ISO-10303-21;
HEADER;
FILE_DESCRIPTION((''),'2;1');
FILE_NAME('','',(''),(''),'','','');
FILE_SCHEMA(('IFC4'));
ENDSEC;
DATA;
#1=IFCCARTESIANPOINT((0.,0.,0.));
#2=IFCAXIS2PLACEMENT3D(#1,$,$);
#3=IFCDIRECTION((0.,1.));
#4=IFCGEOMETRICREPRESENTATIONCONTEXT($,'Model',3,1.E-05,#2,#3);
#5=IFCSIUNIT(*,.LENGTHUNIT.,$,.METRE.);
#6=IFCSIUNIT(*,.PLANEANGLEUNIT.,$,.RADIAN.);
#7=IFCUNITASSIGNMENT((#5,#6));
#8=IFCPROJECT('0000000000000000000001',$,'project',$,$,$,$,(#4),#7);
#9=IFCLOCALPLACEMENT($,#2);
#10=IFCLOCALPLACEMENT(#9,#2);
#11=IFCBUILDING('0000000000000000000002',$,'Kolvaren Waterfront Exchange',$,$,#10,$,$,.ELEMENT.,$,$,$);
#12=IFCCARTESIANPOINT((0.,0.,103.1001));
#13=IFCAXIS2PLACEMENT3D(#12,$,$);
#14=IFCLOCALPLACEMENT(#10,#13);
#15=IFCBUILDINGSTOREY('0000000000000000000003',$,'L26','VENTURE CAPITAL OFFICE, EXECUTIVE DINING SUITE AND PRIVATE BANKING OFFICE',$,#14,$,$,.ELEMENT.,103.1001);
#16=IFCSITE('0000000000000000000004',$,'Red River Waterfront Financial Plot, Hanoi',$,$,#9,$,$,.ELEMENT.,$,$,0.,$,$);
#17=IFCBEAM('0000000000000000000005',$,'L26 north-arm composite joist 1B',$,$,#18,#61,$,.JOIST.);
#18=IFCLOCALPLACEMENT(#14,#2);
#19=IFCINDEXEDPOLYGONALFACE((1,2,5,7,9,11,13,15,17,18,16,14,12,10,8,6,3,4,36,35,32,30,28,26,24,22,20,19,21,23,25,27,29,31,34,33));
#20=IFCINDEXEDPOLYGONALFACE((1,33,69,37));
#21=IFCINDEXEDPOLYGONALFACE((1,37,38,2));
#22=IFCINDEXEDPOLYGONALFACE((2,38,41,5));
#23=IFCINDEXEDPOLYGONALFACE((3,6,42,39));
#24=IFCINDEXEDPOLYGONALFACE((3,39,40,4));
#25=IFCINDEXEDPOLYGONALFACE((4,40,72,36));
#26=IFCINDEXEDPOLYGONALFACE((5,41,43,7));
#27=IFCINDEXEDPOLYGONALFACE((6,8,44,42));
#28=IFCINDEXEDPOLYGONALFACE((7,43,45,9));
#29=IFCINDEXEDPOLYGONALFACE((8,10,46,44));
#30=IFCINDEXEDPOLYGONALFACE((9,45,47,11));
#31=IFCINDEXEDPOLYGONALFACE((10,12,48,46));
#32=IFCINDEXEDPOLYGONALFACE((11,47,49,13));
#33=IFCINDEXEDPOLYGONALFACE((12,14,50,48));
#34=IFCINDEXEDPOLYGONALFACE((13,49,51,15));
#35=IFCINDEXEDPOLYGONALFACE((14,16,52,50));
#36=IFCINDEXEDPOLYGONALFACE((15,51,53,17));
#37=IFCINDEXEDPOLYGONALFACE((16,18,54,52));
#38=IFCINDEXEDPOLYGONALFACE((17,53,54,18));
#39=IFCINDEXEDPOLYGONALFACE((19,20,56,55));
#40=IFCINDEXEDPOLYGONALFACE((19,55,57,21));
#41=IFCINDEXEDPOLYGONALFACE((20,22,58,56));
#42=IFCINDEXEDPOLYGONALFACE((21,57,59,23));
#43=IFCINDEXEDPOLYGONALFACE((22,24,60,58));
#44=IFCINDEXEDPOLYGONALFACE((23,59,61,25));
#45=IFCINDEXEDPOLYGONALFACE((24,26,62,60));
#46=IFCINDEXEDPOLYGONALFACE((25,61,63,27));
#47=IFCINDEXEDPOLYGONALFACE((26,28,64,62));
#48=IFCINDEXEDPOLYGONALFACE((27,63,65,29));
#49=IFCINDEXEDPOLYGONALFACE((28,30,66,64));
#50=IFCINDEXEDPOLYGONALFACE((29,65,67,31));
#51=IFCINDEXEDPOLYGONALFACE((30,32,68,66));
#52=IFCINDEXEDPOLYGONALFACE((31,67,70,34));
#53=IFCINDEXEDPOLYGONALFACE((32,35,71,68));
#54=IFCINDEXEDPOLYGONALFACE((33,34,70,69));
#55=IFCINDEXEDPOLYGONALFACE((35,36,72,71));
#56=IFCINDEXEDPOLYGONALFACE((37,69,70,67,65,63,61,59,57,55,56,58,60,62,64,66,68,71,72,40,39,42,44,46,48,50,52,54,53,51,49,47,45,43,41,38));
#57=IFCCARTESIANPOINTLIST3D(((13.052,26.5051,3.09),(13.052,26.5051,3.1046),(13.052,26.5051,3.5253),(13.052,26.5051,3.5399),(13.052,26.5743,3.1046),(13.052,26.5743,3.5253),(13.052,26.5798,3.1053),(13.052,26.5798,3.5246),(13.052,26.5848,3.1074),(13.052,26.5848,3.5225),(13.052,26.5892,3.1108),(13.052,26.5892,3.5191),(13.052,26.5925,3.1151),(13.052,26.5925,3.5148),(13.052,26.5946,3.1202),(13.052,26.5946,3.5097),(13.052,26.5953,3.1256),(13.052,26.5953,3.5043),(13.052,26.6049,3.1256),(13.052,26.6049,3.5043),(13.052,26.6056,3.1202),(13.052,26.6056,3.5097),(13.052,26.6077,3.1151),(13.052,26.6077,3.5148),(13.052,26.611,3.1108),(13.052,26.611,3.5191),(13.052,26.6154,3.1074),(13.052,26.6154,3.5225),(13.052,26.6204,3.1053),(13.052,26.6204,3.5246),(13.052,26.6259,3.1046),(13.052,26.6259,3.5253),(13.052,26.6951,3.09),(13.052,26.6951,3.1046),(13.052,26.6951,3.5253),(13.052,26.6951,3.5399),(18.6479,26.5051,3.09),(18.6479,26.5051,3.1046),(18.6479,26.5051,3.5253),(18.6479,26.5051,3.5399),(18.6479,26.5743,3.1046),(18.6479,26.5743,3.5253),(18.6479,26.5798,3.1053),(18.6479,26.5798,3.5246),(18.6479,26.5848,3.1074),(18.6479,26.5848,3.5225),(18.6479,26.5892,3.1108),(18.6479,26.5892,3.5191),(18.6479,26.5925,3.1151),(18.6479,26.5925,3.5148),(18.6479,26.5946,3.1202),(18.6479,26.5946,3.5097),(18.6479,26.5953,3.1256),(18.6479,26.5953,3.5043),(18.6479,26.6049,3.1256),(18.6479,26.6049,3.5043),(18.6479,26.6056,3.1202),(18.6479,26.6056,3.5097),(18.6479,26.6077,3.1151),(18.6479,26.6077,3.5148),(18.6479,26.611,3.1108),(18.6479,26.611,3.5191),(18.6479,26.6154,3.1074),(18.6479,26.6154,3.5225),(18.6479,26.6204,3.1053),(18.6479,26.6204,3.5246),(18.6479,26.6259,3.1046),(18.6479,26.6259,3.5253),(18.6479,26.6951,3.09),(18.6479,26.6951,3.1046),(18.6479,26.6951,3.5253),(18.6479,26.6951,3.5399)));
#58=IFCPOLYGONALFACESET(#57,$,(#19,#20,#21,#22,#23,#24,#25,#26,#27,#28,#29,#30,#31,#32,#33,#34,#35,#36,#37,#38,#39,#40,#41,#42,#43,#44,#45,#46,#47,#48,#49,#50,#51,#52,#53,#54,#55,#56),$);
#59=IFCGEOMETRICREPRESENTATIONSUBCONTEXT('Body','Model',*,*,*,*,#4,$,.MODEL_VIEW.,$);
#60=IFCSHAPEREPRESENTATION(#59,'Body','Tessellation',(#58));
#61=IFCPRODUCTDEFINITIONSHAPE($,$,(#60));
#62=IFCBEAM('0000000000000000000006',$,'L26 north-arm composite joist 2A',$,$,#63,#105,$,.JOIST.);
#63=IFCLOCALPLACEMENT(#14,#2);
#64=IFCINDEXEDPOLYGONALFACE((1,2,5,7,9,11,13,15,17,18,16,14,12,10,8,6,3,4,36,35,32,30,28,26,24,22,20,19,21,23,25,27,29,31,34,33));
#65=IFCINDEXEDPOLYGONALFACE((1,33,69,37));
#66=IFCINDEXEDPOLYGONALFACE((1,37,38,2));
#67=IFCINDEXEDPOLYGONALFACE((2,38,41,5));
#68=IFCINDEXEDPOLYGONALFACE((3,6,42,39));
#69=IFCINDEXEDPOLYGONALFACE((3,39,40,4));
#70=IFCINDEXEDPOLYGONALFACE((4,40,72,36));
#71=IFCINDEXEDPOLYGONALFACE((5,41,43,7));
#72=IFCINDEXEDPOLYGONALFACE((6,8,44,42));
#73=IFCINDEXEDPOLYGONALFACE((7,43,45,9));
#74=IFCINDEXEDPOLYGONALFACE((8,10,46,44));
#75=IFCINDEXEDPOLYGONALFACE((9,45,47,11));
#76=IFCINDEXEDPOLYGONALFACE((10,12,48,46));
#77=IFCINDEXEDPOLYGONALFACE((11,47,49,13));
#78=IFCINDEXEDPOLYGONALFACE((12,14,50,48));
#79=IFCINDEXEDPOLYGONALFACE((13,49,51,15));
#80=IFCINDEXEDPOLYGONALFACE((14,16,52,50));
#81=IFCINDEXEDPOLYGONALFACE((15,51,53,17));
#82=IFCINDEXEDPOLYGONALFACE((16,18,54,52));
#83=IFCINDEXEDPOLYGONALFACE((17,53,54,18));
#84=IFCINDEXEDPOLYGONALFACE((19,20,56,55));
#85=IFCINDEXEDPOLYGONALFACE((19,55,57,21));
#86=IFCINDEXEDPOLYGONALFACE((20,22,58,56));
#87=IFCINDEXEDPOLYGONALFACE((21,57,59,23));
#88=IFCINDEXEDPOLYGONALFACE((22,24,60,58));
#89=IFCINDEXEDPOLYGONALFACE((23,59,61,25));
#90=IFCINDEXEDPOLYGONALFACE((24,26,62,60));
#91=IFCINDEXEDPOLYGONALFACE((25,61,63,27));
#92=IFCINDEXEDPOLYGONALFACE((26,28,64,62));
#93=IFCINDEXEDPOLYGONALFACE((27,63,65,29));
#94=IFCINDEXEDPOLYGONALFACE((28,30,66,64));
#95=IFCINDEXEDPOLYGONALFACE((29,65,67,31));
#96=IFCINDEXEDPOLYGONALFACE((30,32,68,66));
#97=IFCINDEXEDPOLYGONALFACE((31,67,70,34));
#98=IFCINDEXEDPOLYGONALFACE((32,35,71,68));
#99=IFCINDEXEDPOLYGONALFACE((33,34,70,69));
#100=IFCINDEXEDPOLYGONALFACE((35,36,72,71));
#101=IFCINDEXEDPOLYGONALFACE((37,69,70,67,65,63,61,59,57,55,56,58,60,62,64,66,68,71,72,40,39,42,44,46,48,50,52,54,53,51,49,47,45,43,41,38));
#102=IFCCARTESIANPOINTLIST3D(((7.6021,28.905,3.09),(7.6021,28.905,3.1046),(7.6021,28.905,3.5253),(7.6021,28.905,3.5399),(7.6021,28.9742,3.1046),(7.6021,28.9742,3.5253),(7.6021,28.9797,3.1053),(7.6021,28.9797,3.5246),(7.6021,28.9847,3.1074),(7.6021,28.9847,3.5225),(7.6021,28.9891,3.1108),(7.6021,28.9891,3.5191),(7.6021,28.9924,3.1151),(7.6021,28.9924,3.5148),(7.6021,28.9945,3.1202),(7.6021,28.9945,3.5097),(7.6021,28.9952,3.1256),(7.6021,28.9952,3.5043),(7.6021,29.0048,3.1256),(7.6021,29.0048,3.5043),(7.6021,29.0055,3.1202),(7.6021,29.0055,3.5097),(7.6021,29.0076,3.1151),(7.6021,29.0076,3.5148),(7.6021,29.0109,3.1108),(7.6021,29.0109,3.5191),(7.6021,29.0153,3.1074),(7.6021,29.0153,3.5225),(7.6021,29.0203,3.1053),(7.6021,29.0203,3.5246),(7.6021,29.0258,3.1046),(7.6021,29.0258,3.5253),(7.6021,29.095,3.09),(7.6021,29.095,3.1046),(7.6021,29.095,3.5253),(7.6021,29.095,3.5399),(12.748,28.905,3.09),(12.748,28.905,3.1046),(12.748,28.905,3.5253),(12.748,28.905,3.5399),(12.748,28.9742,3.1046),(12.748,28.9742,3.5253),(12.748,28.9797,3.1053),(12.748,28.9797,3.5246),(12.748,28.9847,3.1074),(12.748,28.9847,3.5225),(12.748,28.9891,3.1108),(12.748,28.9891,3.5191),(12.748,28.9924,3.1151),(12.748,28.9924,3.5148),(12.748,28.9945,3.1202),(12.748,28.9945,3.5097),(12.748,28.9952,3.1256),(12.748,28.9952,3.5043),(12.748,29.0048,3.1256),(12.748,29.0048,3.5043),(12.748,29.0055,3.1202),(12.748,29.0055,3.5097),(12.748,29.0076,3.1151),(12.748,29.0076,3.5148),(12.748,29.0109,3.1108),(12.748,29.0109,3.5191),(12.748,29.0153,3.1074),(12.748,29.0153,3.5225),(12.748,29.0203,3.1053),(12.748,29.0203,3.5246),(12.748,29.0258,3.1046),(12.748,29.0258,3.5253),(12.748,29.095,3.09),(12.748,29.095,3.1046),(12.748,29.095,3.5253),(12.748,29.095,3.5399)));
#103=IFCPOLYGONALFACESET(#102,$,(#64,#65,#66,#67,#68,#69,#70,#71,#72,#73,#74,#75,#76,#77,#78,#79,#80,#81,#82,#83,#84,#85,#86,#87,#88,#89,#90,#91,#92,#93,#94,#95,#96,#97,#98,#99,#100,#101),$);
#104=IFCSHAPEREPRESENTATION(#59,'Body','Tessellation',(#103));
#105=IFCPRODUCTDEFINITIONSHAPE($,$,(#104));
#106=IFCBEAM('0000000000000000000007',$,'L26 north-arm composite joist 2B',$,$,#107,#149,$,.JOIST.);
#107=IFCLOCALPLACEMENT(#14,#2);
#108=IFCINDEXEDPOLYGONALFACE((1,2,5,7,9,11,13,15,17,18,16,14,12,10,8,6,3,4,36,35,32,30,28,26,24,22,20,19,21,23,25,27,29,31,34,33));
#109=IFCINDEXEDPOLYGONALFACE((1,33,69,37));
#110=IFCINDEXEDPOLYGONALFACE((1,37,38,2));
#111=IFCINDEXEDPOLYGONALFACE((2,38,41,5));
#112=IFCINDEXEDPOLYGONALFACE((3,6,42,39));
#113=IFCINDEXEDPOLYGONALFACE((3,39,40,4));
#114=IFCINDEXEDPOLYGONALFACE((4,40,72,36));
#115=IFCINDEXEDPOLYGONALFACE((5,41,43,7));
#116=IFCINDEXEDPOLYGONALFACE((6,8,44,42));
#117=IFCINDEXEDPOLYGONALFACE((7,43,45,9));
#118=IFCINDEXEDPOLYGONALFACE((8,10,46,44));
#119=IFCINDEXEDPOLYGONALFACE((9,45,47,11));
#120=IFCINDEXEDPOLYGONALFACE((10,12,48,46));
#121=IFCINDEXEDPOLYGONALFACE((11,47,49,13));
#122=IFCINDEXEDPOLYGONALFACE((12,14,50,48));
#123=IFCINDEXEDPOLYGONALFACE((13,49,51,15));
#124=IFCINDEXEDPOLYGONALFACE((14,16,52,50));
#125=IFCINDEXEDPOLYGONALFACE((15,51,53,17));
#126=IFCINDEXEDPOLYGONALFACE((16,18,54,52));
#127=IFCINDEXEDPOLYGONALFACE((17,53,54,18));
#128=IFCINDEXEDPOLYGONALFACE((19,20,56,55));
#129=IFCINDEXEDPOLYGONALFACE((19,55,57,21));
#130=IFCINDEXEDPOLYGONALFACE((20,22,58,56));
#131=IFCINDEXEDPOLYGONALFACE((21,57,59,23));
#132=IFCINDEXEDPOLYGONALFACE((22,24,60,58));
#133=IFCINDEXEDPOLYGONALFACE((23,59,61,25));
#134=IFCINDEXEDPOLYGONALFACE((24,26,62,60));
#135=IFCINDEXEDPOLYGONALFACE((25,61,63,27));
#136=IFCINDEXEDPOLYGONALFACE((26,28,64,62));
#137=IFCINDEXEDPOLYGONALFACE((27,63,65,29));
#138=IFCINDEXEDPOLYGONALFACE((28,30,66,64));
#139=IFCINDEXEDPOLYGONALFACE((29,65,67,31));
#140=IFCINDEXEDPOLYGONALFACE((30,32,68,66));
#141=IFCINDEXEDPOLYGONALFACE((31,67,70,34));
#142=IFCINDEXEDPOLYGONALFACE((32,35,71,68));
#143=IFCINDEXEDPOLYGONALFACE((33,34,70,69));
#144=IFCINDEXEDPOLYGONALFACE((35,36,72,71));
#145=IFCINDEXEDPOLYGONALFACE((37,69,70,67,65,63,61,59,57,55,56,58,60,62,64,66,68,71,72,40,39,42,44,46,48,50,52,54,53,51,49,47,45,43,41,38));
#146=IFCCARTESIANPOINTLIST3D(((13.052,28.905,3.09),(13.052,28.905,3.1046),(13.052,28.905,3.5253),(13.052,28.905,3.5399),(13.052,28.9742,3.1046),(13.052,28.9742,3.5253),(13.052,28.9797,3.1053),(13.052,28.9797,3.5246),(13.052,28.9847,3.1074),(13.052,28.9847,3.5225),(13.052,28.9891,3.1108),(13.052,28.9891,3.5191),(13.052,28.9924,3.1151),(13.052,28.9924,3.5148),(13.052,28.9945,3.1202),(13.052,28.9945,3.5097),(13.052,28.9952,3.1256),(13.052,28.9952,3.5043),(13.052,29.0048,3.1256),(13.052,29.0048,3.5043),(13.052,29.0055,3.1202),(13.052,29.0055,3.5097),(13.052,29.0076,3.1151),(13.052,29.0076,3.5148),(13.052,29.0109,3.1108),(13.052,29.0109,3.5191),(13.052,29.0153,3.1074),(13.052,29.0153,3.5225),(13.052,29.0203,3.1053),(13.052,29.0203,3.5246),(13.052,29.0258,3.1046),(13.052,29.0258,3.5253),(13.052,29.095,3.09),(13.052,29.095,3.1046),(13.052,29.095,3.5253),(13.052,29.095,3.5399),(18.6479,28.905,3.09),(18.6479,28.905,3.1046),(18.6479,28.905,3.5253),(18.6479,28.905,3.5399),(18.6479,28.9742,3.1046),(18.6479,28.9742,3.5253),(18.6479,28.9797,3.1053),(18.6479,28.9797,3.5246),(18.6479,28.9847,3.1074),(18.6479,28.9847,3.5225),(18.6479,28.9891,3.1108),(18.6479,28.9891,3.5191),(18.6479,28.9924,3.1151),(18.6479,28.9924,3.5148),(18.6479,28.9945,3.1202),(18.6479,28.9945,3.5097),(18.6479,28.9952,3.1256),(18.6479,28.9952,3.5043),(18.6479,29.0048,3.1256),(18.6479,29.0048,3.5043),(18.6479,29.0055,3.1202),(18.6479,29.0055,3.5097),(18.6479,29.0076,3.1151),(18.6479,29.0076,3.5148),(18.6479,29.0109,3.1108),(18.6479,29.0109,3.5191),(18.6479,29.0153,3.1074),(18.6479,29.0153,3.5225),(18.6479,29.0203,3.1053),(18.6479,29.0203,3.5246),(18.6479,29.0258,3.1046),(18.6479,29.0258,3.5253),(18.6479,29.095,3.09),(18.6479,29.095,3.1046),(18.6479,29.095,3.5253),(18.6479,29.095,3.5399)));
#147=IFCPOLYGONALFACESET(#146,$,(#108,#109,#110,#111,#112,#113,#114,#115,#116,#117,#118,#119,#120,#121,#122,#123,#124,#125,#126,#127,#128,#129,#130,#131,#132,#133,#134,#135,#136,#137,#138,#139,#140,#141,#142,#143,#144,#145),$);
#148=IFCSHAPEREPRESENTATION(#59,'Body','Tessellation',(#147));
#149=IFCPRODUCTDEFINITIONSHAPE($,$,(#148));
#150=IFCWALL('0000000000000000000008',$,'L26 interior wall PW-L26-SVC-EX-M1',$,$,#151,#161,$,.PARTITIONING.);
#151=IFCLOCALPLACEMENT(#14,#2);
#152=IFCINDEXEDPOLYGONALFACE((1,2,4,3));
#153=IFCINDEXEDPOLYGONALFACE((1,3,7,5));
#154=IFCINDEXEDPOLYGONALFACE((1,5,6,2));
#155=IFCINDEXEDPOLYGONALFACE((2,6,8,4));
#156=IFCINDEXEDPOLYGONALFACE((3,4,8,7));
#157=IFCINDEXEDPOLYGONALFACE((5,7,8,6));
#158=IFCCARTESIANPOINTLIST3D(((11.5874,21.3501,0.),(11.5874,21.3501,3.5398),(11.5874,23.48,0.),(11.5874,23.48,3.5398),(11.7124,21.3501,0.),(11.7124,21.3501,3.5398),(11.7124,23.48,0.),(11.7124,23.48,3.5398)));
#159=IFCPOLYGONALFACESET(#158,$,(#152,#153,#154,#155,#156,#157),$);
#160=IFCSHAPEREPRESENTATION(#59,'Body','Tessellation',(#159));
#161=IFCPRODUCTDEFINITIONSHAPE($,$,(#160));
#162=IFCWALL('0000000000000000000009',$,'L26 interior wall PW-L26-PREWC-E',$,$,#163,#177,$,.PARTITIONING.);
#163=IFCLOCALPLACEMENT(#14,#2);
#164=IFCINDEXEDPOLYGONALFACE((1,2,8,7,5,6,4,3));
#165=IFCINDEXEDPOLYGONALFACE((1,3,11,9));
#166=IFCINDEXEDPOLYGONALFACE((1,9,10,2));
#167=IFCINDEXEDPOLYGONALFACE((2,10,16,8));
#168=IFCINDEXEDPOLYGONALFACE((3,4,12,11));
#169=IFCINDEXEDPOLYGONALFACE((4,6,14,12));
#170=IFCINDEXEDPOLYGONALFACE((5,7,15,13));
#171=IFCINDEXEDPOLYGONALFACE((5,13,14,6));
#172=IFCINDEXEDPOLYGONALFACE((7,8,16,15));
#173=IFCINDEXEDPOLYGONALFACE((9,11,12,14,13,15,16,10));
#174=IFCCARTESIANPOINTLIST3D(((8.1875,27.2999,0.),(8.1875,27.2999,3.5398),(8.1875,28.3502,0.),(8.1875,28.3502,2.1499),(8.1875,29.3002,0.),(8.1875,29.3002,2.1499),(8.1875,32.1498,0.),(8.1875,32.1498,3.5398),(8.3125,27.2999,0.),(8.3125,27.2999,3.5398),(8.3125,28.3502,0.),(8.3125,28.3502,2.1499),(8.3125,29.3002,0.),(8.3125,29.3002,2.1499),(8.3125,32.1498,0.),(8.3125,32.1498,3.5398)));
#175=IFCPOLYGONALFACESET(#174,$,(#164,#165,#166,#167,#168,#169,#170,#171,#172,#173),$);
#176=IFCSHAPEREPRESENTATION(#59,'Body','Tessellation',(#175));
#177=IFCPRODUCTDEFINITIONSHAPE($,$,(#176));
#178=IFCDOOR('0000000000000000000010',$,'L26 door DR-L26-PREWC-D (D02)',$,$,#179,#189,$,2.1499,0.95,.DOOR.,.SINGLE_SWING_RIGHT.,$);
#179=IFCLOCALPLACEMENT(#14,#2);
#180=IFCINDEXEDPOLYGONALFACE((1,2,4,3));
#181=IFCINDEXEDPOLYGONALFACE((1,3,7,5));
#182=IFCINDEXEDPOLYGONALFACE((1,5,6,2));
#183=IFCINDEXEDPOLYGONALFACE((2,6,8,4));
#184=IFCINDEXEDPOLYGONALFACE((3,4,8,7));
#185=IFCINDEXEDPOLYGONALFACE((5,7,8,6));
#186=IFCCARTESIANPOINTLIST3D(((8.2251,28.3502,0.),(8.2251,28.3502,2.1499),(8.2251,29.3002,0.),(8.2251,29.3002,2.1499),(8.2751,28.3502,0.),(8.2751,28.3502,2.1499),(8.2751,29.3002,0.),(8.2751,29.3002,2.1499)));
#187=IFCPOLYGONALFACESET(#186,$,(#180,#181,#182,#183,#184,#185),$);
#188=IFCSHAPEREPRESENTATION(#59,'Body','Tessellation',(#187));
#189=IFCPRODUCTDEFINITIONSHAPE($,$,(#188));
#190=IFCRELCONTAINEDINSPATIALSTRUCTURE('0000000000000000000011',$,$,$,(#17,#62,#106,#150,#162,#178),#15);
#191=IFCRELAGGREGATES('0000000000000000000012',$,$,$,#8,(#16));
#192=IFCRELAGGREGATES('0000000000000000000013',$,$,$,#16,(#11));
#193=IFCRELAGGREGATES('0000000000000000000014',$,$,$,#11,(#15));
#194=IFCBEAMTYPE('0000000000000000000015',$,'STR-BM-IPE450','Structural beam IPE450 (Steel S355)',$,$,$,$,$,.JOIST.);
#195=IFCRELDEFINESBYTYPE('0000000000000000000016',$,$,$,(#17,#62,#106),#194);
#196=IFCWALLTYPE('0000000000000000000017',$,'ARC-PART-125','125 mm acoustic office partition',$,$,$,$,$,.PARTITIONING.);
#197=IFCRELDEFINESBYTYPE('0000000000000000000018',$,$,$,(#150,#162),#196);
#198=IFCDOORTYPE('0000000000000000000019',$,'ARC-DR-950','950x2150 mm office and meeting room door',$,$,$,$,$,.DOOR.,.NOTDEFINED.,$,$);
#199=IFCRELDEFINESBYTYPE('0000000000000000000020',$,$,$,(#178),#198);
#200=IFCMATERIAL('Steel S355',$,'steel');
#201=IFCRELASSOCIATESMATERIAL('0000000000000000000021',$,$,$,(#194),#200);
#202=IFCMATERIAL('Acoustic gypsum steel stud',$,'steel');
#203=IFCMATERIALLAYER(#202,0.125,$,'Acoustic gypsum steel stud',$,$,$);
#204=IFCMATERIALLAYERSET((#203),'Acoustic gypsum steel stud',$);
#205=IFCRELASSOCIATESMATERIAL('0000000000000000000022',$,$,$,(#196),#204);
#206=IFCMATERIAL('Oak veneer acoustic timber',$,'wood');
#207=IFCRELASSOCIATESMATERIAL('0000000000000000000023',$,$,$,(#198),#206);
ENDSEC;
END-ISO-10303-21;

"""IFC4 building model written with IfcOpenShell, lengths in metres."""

from ifc_helpers import new_model, si_unit, direction, frame, frame_2d, origin, origin_2d, place, context, subcontext, project, spatial, rectangle, i_section, extrude, material, layer, layer_set, material_profile, profile_set, type_object, element, fill, save


model = new_model("IFC4")

# Units and contexts
model_context = context("Model", 3, precision=1e-05, world=origin(), true_north=direction((0.0, 1.0)))
body_context = subcontext(model_context, "Body", "Model", "MODEL_VIEW")
ifc_project = project(units=[si_unit("LENGTHUNIT", "METRE"), si_unit("PLANEANGLEUNIT", "RADIAN")], contexts=[model_context])

# Site, building, storey
site_placement = place(None, origin())
site = spatial("IfcSite", under=ifc_project, at=site_placement, Name="Red River Waterfront Financial Plot, Hanoi", CompositionType="ELEMENT", RefElevation=0.0)
building_placement = place(site_placement, origin())
building = spatial("IfcBuilding", under=site, at=building_placement, Name="Kolvaren Waterfront Exchange", CompositionType="ELEMENT")
storey_placement = place(building_placement, frame((0.0, 0.0, 103.1001)))
storey = spatial("IfcBuildingStorey", under=building, at=storey_placement, Name="L26", Description="VENTURE CAPITAL OFFICE, EXECUTIVE DINING SUITE AND PRIVATE BANKING OFFICE", CompositionType="ELEMENT", Elevation=103.1001)

# Beams
ifc_material_1 = material(Name="Steel S355", Category="steel")
ifc_material_profile_1 = material_profile(ifc_material_1, i_section(OverallWidth=0.1899, OverallDepth=0.45, WebThickness=0.0095, FlangeThickness=0.0146, FilletRadius=0.021, at=origin_2d()), Name="IPE450")
ifc_profile_set_1 = profile_set([ifc_material_profile_1], Name="Steel S355")
beam_type_1 = type_object("IfcBeamType", Name="STR-BM-IPE450", Description="Structural beam IPE450 (Steel S355)", PredefinedType="JOIST", material=ifc_profile_set_1)
beam_1_placement = place(storey_placement, frame((13.052, 26.6001, 3.3149), z_axis=(1.0, 0.0, 0.0), x_axis=(0.0, 1.0, 0.0)))
element("IfcBeam", 1, at=beam_1_placement, inside=storey, type_object=beam_type_1, Name="L26 north-arm composite joist 1B", PredefinedType="JOIST", context=body_context, shape_type="SweptSolid", body=[
    extrude(i_section(OverallWidth=0.1899, OverallDepth=0.45, WebThickness=0.0095, FlangeThickness=0.0146, FilletRadius=0.021, at=origin_2d()), origin(), (0.0, 0.0, 1.0), 5.5959),
])
beam_2_placement = place(storey_placement, frame((7.6021, 29.0, 3.3149), z_axis=(1.0, 0.0, 0.0), x_axis=(0.0, 1.0, 0.0)))
element("IfcBeam", 2, at=beam_2_placement, inside=storey, type_object=beam_type_1, Name="L26 north-arm composite joist 2A", PredefinedType="JOIST", context=body_context, shape_type="SweptSolid", body=[
    extrude(i_section(OverallWidth=0.1899, OverallDepth=0.45, WebThickness=0.0095, FlangeThickness=0.0146, FilletRadius=0.021, at=origin_2d()), origin(), (0.0, 0.0, 1.0), 5.146),
])
beam_3_placement = place(storey_placement, frame((13.052, 29.0, 3.3149), z_axis=(1.0, 0.0, 0.0), x_axis=(0.0, 1.0, 0.0)))
element("IfcBeam", 3, at=beam_3_placement, inside=storey, type_object=beam_type_1, Name="L26 north-arm composite joist 2B", PredefinedType="JOIST", context=body_context, shape_type="SweptSolid", body=[
    extrude(i_section(OverallWidth=0.1899, OverallDepth=0.45, WebThickness=0.0095, FlangeThickness=0.0146, FilletRadius=0.021, at=origin_2d()), origin(), (0.0, 0.0, 1.0), 5.5959),
])

# Shared definitions
ifc_material_2 = material(Name="Acoustic gypsum steel stud", Category="steel")
ifc_layer_1 = layer(ifc_material_2, 0.125, Name="Acoustic gypsum steel stud")
ifc_layer_set_1 = layer_set([ifc_layer_1], Name="Acoustic gypsum steel stud")
wall_type_1 = type_object("IfcWallType", Name="ARC-PART-125", Description="125 mm acoustic office partition", PredefinedType="PARTITIONING", material=ifc_layer_set_1)

# Wall
wall_1_placement = place(storey_placement, frame((11.6499, 21.3501, 0.0), z_axis=(0.0, 0.0, 1.0), x_axis=(0.0, 1.0, 0.0)))
element("IfcWall", 4, at=wall_1_placement, inside=storey, type_object=wall_type_1, Name="L26 interior wall PW-L26-SVC-EX-M1", PredefinedType="PARTITIONING", context=body_context, shape_type="SweptSolid", body=[
    extrude(rectangle(XDim=2.1299, YDim=0.125, at=frame_2d((1.0649, 0.0))), origin(), (0.0, 0.0, 1.0), 3.5398),
])

# Wall, opening, door
wall_2_placement = place(storey_placement, frame((8.25, 27.3, 0.0), z_axis=(0.0, 0.0, 1.0), x_axis=(0.0, 1.0, 0.0)))
wall_2 = element("IfcWall", 5, at=wall_2_placement, inside=storey, type_object=wall_type_1, Name="L26 interior wall PW-L26-PREWC-E", PredefinedType="PARTITIONING", context=body_context, shape_type="SweptSolid", body=[
    extrude(rectangle(XDim=4.8499, YDim=0.125, at=frame_2d((2.4248, 0.0))), origin(), (0.0, 0.0, 1.0), 3.5398),
])
opening_1_placement = place(wall_2_placement, frame((1.05, 0.0, 0.0)))
opening_1 = element("IfcOpeningElement", 6, at=opening_1_placement, cuts=wall_2, PredefinedType="OPENING", context=body_context, shape_type="SweptSolid", body=[
    extrude(rectangle(XDim=0.95, YDim=2.1499, at=frame_2d((0.4751, 1.075))), frame((0.0, 0.0725, 0.0), z_axis=(0.0, -1.0, 0.0), x_axis=(1.0, 0.0, 0.0)), (0.0, 0.0, 1.0), 0.145),
])
ifc_material_3 = material(Name="Oak veneer acoustic timber", Category="wood")
door_type_1 = type_object("IfcDoorType", Name="ARC-DR-950", Description="950x2150 mm office and meeting room door", OperationType="NOTDEFINED", PredefinedType="DOOR", material=ifc_material_3)
door_1_placement = place(opening_1_placement, origin())
door_1 = element("IfcDoor", 7, at=door_1_placement, inside=storey, type_object=door_type_1, Name="L26 door DR-L26-PREWC-D (D02)", OperationType="SINGLE_SWING_RIGHT", OverallHeight=2.1499, OverallWidth=0.95, PredefinedType="DOOR", context=body_context, shape_type="SweptSolid", body=[
    extrude(rectangle(XDim=0.95, YDim=2.1499, at=frame_2d((0.4751, 1.075))), frame((0.0, 0.0249, 0.0), z_axis=(0.0, -1.0, 0.0), x_axis=(1.0, 0.0, 0.0)), (0.0, 0.0, 1.0), 0.05),
])
fill(opening_1, door_1)

save(model, "model.ifc")
